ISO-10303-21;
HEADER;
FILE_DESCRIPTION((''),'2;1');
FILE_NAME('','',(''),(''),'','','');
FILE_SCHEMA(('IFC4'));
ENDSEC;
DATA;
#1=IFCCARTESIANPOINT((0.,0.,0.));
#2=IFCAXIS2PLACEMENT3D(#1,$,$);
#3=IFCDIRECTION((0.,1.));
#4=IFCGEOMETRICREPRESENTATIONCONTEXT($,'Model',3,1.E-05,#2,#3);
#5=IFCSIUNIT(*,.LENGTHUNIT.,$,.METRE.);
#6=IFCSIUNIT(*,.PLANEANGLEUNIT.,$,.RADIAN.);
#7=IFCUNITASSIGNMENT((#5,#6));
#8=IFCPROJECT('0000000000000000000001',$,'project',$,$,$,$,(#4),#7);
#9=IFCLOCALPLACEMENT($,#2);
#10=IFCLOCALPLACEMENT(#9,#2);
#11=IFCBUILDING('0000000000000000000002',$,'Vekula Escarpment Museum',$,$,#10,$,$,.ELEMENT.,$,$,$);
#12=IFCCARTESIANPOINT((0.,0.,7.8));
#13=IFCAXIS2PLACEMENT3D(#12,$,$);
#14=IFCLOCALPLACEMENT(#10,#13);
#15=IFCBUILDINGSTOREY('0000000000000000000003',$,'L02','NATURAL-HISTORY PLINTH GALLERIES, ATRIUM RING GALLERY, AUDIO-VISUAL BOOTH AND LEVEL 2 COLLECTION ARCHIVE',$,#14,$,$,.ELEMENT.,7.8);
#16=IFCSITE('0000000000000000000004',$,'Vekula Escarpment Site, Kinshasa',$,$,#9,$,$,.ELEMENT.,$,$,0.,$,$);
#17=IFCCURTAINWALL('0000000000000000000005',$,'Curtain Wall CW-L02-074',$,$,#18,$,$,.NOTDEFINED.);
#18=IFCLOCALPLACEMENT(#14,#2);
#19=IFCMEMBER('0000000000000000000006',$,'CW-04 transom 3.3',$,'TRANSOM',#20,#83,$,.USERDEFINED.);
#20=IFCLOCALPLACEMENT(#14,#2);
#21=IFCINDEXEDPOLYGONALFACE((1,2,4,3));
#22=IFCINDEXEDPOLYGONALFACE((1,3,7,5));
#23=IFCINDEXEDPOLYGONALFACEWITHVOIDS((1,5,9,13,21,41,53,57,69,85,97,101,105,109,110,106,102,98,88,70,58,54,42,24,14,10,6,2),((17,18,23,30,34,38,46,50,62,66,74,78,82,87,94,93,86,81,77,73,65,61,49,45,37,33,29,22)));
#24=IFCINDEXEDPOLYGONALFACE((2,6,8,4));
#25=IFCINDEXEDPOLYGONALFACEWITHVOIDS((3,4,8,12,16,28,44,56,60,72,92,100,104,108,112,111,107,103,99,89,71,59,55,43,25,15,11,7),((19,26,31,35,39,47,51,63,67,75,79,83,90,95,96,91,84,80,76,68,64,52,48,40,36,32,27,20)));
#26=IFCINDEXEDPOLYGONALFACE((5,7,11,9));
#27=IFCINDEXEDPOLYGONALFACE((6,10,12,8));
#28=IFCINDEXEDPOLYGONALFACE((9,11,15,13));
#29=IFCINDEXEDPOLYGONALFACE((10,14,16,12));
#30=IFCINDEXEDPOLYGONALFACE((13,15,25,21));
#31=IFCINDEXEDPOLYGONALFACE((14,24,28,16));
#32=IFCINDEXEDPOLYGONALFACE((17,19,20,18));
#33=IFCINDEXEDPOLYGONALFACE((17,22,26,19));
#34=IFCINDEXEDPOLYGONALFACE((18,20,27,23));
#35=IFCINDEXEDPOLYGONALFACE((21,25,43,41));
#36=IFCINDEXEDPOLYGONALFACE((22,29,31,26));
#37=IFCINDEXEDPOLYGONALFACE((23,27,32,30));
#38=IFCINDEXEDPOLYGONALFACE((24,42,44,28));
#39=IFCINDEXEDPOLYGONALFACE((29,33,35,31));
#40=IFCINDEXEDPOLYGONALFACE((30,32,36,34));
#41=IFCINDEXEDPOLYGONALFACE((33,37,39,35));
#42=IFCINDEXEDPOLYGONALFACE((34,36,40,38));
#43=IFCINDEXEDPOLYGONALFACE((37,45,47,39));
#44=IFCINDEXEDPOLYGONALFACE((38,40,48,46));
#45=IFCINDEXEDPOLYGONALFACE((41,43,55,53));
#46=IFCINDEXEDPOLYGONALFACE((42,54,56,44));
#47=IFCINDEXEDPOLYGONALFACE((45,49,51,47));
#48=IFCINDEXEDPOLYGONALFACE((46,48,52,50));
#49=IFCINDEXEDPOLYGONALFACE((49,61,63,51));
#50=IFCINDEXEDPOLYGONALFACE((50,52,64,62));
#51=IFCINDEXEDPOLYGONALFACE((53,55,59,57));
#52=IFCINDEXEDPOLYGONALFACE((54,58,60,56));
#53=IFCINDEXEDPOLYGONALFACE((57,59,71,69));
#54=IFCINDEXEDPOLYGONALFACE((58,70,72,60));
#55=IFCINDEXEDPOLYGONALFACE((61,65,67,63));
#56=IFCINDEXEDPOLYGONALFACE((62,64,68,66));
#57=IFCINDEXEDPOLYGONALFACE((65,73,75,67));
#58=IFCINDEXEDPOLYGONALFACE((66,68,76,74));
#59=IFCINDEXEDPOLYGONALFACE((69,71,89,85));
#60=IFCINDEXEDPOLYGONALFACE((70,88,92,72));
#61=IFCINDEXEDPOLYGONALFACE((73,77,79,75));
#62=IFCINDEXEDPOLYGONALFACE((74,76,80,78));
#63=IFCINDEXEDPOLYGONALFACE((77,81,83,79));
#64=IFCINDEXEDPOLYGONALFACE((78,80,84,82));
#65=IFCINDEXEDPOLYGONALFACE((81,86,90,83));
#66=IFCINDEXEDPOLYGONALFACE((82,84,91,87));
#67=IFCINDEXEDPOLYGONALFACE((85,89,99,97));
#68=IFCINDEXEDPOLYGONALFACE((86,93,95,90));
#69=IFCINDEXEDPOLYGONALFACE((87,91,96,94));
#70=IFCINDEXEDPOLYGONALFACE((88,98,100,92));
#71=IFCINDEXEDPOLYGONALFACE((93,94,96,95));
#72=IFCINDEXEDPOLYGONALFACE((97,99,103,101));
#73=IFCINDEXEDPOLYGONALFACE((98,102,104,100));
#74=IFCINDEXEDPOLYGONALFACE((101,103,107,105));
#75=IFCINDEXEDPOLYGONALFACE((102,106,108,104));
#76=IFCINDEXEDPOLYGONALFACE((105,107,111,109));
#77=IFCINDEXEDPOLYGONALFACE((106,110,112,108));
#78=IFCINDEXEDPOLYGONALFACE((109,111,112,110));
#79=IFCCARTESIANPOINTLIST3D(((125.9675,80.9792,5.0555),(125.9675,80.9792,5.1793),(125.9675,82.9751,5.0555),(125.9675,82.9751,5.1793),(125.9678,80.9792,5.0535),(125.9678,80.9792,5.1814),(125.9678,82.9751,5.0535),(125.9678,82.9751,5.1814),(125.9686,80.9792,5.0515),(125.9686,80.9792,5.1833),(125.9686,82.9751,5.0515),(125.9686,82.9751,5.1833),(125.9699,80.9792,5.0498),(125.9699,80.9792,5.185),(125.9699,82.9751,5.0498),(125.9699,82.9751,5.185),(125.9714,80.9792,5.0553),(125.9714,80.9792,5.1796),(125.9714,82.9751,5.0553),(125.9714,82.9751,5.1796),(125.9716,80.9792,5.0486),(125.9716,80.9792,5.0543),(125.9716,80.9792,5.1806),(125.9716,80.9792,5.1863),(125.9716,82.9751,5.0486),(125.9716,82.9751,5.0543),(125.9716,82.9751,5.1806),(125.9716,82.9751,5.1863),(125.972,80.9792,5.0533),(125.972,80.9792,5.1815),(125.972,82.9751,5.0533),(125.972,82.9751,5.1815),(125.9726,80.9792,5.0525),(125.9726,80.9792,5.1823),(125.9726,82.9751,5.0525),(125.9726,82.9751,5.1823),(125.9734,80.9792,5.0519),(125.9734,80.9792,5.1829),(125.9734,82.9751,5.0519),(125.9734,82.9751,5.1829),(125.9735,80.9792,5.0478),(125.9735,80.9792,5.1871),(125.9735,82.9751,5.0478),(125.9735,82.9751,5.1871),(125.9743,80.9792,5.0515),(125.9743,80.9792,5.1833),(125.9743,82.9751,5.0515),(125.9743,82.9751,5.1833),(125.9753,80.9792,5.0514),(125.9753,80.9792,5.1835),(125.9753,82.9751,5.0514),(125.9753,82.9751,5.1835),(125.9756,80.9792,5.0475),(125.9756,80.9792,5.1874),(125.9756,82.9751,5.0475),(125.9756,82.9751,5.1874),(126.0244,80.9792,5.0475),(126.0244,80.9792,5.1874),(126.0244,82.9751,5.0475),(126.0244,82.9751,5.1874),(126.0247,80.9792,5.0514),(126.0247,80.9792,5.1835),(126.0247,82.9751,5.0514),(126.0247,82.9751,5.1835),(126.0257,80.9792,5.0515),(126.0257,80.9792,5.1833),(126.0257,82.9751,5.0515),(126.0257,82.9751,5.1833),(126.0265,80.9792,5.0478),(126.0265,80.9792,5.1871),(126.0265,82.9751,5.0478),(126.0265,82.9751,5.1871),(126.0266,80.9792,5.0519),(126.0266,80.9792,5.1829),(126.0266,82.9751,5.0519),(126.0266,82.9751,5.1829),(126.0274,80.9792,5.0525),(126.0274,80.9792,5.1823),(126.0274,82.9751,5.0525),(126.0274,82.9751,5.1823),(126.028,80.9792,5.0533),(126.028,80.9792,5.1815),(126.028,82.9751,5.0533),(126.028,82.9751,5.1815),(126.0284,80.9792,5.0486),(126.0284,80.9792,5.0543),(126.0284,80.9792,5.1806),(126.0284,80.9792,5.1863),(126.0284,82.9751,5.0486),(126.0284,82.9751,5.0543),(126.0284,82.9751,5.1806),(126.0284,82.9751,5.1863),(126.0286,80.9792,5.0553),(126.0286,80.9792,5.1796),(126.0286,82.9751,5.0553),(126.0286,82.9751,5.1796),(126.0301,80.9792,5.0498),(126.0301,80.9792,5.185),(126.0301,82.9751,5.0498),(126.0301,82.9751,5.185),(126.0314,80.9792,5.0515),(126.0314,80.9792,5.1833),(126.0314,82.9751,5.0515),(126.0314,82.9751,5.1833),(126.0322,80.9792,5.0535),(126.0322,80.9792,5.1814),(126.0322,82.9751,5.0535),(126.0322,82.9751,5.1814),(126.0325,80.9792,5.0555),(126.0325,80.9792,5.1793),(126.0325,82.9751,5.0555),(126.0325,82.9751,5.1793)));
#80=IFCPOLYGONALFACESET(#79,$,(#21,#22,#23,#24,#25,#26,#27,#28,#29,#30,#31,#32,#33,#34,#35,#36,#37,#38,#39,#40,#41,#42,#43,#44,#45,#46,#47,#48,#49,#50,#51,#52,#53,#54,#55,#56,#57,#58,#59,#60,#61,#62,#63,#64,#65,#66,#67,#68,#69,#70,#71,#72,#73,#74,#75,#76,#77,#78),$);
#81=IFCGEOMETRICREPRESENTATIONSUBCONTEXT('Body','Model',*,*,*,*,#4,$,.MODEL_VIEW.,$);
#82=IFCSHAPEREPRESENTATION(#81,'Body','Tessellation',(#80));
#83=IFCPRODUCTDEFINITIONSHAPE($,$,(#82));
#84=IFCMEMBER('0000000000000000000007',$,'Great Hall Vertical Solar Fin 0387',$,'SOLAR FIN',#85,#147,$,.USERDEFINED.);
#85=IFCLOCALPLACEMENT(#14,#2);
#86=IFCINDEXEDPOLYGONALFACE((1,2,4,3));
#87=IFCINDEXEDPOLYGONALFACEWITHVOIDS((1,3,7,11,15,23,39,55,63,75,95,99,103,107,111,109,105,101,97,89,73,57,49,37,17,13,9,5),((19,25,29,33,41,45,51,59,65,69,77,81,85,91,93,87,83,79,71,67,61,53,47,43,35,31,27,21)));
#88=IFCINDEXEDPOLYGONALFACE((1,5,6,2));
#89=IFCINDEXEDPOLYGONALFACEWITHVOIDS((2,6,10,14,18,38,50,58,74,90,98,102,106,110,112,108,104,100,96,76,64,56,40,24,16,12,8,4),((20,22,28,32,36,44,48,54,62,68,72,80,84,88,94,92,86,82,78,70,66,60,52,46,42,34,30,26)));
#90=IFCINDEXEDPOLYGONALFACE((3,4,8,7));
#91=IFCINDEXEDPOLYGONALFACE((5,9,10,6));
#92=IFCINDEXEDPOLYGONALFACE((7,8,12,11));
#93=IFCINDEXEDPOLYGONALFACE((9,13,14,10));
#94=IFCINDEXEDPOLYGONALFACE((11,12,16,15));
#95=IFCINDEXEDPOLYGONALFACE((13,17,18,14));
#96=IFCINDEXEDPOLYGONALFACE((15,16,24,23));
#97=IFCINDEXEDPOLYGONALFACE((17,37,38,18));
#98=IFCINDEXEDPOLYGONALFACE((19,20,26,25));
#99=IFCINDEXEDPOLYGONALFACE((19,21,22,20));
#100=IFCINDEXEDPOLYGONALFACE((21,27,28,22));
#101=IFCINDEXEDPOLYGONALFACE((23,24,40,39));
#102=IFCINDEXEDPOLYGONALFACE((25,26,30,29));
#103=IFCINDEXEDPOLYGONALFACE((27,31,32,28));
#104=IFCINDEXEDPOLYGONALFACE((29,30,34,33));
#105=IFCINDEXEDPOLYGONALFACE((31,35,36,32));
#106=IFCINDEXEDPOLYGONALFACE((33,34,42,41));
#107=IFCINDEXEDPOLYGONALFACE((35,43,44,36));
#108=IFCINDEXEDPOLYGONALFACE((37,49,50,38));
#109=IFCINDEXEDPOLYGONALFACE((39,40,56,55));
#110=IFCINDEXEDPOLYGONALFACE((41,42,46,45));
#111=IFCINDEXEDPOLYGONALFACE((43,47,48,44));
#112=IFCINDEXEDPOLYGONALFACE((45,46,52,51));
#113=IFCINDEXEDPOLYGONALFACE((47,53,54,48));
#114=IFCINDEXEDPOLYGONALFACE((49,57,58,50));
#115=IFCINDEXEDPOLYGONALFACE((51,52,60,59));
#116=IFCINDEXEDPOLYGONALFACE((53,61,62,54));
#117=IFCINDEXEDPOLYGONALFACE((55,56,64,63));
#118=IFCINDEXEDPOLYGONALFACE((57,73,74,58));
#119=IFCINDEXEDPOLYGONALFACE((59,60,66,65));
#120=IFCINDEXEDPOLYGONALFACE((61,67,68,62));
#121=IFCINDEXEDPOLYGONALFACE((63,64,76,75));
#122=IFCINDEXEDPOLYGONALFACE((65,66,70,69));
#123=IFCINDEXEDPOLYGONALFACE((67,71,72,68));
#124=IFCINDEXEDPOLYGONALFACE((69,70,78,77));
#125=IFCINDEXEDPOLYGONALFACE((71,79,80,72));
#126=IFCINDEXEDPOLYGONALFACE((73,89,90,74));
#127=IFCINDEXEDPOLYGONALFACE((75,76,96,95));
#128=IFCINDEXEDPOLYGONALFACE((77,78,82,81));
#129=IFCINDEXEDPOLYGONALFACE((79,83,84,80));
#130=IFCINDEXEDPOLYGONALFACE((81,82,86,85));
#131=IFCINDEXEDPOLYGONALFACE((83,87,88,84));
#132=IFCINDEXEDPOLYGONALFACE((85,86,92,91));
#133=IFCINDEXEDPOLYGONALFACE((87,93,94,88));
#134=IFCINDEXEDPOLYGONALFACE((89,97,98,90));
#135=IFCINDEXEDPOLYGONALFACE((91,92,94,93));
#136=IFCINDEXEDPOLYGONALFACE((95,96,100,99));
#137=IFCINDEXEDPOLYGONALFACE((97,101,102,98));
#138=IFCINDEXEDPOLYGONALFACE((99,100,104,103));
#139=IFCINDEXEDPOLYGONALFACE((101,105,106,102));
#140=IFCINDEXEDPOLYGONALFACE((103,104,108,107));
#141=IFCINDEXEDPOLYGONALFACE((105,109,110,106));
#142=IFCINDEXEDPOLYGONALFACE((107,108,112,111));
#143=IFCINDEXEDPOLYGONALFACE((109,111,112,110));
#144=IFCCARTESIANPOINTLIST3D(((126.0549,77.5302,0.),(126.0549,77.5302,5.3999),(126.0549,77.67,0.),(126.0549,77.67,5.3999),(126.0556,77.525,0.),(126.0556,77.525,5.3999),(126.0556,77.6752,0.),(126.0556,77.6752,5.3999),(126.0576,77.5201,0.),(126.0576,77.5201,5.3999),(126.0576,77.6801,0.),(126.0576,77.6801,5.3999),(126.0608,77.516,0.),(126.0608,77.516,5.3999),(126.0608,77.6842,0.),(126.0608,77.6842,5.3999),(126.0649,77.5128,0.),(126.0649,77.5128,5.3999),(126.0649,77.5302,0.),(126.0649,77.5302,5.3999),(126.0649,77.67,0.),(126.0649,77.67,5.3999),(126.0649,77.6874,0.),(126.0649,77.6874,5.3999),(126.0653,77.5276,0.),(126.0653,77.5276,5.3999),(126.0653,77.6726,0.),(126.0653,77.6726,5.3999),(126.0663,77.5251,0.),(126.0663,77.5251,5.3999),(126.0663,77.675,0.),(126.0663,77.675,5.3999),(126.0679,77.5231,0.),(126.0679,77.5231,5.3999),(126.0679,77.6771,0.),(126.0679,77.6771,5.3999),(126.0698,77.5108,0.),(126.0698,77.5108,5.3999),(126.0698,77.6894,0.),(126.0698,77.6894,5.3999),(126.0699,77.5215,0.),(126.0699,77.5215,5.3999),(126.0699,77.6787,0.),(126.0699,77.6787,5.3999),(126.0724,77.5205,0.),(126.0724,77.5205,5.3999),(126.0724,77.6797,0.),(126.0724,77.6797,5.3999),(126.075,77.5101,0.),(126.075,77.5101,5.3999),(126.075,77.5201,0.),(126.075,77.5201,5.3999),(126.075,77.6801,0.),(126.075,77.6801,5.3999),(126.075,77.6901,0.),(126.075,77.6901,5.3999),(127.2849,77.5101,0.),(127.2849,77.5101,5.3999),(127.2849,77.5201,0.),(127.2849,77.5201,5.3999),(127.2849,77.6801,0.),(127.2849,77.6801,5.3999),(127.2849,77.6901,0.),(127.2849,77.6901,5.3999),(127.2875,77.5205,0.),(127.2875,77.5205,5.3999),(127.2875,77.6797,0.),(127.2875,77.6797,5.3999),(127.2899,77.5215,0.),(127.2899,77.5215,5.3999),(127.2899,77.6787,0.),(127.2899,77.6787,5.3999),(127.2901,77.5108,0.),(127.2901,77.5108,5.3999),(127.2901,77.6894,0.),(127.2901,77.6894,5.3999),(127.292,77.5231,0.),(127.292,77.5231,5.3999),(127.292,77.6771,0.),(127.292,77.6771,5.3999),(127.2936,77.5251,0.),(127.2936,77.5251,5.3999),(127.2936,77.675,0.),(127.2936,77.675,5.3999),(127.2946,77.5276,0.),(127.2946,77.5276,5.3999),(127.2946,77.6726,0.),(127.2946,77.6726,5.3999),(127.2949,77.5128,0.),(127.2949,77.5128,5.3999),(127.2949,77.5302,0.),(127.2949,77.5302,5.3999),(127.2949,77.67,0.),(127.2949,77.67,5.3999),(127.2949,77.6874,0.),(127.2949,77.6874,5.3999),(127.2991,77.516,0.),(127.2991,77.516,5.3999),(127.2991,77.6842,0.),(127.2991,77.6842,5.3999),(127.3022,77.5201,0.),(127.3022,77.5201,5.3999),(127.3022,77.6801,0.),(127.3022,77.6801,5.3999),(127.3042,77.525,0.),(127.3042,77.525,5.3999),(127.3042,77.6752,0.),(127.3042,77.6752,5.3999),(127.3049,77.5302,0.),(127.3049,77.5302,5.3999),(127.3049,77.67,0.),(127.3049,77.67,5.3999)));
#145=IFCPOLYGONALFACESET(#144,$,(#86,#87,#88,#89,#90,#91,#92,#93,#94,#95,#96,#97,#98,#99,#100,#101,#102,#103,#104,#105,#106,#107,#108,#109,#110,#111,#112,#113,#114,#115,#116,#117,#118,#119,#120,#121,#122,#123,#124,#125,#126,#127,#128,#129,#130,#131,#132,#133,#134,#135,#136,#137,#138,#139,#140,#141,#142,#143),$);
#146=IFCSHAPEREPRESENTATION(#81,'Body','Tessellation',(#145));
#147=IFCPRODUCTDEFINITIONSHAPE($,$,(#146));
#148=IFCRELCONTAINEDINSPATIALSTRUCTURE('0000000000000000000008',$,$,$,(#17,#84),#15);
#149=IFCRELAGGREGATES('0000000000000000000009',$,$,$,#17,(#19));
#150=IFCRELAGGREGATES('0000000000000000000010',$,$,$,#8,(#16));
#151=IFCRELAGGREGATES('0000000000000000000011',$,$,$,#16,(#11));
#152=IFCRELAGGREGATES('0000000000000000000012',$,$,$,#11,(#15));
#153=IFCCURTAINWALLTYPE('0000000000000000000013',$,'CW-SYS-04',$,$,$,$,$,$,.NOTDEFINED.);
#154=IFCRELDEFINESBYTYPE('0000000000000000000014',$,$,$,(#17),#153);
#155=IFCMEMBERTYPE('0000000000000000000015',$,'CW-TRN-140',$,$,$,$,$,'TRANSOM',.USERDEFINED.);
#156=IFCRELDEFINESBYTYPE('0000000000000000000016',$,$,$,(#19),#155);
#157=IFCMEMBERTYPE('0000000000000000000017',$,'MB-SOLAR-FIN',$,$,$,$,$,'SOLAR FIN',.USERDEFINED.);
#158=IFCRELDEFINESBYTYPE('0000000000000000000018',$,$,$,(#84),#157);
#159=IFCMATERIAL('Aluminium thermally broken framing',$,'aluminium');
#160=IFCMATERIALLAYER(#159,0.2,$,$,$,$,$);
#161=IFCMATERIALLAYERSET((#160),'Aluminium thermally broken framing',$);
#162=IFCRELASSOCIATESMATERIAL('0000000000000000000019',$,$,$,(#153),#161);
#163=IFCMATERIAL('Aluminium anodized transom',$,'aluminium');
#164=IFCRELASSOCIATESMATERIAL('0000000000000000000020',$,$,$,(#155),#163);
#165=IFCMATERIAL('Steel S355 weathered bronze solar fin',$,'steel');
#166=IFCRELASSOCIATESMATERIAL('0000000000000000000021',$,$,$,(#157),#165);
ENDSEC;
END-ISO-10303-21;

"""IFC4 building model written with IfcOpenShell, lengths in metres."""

from ifc_helpers import new_model, si_unit, direction, frame, origin, origin_2d, place, context, subcontext, project, spatial, hollow_rectangle, extrude, material, layer, layer_set, material_profile, profile_set, type_object, element, aggregate, save


model = new_model("IFC4")

# Units and contexts
model_context = context("Model", 3, precision=1e-05, world=origin(), true_north=direction((0.0, 1.0)))
body_context = subcontext(model_context, "Body", "Model", "MODEL_VIEW")
ifc_project = project(units=[si_unit("LENGTHUNIT", "METRE"), si_unit("PLANEANGLEUNIT", "RADIAN")], contexts=[model_context])

# Site, building, storey
site_placement = place(None, origin())
site = spatial("IfcSite", under=ifc_project, at=site_placement, Name="Vekula Escarpment Site, Kinshasa", CompositionType="ELEMENT", RefElevation=0.0)
building_placement = place(site_placement, origin())
building = spatial("IfcBuilding", under=site, at=building_placement, Name="Vekula Escarpment Museum", CompositionType="ELEMENT")
storey_placement = place(building_placement, frame((0.0, 0.0, 7.8)))
storey = spatial("IfcBuildingStorey", under=building, at=storey_placement, Name="L02", Description="NATURAL-HISTORY PLINTH GALLERIES, ATRIUM RING GALLERY, AUDIO-VISUAL BOOTH AND LEVEL 2 COLLECTION ARCHIVE", CompositionType="ELEMENT", Elevation=7.8)

# Curtain wall
ifc_material_1 = material(Name="Aluminium thermally broken framing", Category="aluminium")
ifc_layer_1 = layer(ifc_material_1, 0.2)
ifc_layer_set_1 = layer_set([ifc_layer_1], Name="Aluminium thermally broken framing")
curtain_wall_type_1 = type_object("IfcCurtainWallType", Name="CW-SYS-04", PredefinedType="NOTDEFINED", material=ifc_layer_set_1)
curtain_wall_1_placement = place(storey_placement, origin())
curtain_wall_1 = element("IfcCurtainWall", 1, at=curtain_wall_1_placement, inside=storey, type_object=curtain_wall_type_1, Name="Curtain Wall CW-L02-074", PredefinedType="NOTDEFINED")

# Member
ifc_material_2 = material(Name="Aluminium anodized transom", Category="aluminium")
ifc_material_profile_1 = material_profile(ifc_material_2, hollow_rectangle(XDim=0.0649, YDim=0.1399, WallThickness=0.0039, InnerFilletRadius=0.0039, OuterFilletRadius=0.0081, at=origin_2d()), Name="ALU 140x65x4")
ifc_profile_set_1 = profile_set([ifc_material_profile_1], Name="Aluminium anodized transom")
member_type_1 = type_object("IfcMemberType", Name="CW-TRN-140", ElementType="TRANSOM", PredefinedType="USERDEFINED", material=ifc_profile_set_1)
member_1_placement = place(storey_placement, frame((126.0, 80.9792, 5.1174), z_axis=(0.0, 1.0, 0.0), x_axis=(-1.0, 0.0, 0.0)))
member_1 = element("IfcMember", 2, at=member_1_placement, type_object=member_type_1, Name="CW-04 transom 3.3", ObjectType="TRANSOM", PredefinedType="USERDEFINED", context=body_context, shape_type="SweptSolid", body=[
    extrude(hollow_rectangle(XDim=0.0649, YDim=0.1399, WallThickness=0.0039, InnerFilletRadius=0.0039, OuterFilletRadius=0.0081, at=origin_2d()), origin(), (0.0, 0.0, 1.0), 1.9958),
])

# Member
ifc_material_3 = material(Name="Steel S355 weathered bronze solar fin", Category="steel")
ifc_material_profile_2 = material_profile(ifc_material_3, hollow_rectangle(XDim=0.1799, YDim=1.25, WallThickness=0.01, InnerFilletRadius=0.01, OuterFilletRadius=0.02, at=origin_2d()), Name="RHS 1250x180x10")
ifc_profile_set_2 = profile_set([ifc_material_profile_2], Name="Steel S355 weathered bronze solar fin")
member_type_2 = type_object("IfcMemberType", Name="MB-SOLAR-FIN", ElementType="SOLAR FIN", PredefinedType="USERDEFINED", material=ifc_profile_set_2)
for number, where, z_axis, x_axis, name in (
    (3, (126.6799, 77.6001, 0.0), (0.0, 0.0, 1.0), (0.0, 1.0, 0.0), "Great Hall Vertical Solar Fin 0387"),
):
    element("IfcMember", number, at=place(storey_placement, frame(where, z_axis=z_axis, x_axis=x_axis)), inside=storey, type_object=member_type_2, Name=name, ObjectType="SOLAR FIN", PredefinedType="USERDEFINED", context=body_context, shape_type="SweptSolid", body=[
        extrude(hollow_rectangle(XDim=0.1799, YDim=1.25, WallThickness=0.01, InnerFilletRadius=0.01, OuterFilletRadius=0.02, at=origin_2d()), origin(), (0.0, 0.0, 1.0), 5.3999),
    ])

aggregate(curtain_wall_1, [member_1])

save(model, "model.ifc")
